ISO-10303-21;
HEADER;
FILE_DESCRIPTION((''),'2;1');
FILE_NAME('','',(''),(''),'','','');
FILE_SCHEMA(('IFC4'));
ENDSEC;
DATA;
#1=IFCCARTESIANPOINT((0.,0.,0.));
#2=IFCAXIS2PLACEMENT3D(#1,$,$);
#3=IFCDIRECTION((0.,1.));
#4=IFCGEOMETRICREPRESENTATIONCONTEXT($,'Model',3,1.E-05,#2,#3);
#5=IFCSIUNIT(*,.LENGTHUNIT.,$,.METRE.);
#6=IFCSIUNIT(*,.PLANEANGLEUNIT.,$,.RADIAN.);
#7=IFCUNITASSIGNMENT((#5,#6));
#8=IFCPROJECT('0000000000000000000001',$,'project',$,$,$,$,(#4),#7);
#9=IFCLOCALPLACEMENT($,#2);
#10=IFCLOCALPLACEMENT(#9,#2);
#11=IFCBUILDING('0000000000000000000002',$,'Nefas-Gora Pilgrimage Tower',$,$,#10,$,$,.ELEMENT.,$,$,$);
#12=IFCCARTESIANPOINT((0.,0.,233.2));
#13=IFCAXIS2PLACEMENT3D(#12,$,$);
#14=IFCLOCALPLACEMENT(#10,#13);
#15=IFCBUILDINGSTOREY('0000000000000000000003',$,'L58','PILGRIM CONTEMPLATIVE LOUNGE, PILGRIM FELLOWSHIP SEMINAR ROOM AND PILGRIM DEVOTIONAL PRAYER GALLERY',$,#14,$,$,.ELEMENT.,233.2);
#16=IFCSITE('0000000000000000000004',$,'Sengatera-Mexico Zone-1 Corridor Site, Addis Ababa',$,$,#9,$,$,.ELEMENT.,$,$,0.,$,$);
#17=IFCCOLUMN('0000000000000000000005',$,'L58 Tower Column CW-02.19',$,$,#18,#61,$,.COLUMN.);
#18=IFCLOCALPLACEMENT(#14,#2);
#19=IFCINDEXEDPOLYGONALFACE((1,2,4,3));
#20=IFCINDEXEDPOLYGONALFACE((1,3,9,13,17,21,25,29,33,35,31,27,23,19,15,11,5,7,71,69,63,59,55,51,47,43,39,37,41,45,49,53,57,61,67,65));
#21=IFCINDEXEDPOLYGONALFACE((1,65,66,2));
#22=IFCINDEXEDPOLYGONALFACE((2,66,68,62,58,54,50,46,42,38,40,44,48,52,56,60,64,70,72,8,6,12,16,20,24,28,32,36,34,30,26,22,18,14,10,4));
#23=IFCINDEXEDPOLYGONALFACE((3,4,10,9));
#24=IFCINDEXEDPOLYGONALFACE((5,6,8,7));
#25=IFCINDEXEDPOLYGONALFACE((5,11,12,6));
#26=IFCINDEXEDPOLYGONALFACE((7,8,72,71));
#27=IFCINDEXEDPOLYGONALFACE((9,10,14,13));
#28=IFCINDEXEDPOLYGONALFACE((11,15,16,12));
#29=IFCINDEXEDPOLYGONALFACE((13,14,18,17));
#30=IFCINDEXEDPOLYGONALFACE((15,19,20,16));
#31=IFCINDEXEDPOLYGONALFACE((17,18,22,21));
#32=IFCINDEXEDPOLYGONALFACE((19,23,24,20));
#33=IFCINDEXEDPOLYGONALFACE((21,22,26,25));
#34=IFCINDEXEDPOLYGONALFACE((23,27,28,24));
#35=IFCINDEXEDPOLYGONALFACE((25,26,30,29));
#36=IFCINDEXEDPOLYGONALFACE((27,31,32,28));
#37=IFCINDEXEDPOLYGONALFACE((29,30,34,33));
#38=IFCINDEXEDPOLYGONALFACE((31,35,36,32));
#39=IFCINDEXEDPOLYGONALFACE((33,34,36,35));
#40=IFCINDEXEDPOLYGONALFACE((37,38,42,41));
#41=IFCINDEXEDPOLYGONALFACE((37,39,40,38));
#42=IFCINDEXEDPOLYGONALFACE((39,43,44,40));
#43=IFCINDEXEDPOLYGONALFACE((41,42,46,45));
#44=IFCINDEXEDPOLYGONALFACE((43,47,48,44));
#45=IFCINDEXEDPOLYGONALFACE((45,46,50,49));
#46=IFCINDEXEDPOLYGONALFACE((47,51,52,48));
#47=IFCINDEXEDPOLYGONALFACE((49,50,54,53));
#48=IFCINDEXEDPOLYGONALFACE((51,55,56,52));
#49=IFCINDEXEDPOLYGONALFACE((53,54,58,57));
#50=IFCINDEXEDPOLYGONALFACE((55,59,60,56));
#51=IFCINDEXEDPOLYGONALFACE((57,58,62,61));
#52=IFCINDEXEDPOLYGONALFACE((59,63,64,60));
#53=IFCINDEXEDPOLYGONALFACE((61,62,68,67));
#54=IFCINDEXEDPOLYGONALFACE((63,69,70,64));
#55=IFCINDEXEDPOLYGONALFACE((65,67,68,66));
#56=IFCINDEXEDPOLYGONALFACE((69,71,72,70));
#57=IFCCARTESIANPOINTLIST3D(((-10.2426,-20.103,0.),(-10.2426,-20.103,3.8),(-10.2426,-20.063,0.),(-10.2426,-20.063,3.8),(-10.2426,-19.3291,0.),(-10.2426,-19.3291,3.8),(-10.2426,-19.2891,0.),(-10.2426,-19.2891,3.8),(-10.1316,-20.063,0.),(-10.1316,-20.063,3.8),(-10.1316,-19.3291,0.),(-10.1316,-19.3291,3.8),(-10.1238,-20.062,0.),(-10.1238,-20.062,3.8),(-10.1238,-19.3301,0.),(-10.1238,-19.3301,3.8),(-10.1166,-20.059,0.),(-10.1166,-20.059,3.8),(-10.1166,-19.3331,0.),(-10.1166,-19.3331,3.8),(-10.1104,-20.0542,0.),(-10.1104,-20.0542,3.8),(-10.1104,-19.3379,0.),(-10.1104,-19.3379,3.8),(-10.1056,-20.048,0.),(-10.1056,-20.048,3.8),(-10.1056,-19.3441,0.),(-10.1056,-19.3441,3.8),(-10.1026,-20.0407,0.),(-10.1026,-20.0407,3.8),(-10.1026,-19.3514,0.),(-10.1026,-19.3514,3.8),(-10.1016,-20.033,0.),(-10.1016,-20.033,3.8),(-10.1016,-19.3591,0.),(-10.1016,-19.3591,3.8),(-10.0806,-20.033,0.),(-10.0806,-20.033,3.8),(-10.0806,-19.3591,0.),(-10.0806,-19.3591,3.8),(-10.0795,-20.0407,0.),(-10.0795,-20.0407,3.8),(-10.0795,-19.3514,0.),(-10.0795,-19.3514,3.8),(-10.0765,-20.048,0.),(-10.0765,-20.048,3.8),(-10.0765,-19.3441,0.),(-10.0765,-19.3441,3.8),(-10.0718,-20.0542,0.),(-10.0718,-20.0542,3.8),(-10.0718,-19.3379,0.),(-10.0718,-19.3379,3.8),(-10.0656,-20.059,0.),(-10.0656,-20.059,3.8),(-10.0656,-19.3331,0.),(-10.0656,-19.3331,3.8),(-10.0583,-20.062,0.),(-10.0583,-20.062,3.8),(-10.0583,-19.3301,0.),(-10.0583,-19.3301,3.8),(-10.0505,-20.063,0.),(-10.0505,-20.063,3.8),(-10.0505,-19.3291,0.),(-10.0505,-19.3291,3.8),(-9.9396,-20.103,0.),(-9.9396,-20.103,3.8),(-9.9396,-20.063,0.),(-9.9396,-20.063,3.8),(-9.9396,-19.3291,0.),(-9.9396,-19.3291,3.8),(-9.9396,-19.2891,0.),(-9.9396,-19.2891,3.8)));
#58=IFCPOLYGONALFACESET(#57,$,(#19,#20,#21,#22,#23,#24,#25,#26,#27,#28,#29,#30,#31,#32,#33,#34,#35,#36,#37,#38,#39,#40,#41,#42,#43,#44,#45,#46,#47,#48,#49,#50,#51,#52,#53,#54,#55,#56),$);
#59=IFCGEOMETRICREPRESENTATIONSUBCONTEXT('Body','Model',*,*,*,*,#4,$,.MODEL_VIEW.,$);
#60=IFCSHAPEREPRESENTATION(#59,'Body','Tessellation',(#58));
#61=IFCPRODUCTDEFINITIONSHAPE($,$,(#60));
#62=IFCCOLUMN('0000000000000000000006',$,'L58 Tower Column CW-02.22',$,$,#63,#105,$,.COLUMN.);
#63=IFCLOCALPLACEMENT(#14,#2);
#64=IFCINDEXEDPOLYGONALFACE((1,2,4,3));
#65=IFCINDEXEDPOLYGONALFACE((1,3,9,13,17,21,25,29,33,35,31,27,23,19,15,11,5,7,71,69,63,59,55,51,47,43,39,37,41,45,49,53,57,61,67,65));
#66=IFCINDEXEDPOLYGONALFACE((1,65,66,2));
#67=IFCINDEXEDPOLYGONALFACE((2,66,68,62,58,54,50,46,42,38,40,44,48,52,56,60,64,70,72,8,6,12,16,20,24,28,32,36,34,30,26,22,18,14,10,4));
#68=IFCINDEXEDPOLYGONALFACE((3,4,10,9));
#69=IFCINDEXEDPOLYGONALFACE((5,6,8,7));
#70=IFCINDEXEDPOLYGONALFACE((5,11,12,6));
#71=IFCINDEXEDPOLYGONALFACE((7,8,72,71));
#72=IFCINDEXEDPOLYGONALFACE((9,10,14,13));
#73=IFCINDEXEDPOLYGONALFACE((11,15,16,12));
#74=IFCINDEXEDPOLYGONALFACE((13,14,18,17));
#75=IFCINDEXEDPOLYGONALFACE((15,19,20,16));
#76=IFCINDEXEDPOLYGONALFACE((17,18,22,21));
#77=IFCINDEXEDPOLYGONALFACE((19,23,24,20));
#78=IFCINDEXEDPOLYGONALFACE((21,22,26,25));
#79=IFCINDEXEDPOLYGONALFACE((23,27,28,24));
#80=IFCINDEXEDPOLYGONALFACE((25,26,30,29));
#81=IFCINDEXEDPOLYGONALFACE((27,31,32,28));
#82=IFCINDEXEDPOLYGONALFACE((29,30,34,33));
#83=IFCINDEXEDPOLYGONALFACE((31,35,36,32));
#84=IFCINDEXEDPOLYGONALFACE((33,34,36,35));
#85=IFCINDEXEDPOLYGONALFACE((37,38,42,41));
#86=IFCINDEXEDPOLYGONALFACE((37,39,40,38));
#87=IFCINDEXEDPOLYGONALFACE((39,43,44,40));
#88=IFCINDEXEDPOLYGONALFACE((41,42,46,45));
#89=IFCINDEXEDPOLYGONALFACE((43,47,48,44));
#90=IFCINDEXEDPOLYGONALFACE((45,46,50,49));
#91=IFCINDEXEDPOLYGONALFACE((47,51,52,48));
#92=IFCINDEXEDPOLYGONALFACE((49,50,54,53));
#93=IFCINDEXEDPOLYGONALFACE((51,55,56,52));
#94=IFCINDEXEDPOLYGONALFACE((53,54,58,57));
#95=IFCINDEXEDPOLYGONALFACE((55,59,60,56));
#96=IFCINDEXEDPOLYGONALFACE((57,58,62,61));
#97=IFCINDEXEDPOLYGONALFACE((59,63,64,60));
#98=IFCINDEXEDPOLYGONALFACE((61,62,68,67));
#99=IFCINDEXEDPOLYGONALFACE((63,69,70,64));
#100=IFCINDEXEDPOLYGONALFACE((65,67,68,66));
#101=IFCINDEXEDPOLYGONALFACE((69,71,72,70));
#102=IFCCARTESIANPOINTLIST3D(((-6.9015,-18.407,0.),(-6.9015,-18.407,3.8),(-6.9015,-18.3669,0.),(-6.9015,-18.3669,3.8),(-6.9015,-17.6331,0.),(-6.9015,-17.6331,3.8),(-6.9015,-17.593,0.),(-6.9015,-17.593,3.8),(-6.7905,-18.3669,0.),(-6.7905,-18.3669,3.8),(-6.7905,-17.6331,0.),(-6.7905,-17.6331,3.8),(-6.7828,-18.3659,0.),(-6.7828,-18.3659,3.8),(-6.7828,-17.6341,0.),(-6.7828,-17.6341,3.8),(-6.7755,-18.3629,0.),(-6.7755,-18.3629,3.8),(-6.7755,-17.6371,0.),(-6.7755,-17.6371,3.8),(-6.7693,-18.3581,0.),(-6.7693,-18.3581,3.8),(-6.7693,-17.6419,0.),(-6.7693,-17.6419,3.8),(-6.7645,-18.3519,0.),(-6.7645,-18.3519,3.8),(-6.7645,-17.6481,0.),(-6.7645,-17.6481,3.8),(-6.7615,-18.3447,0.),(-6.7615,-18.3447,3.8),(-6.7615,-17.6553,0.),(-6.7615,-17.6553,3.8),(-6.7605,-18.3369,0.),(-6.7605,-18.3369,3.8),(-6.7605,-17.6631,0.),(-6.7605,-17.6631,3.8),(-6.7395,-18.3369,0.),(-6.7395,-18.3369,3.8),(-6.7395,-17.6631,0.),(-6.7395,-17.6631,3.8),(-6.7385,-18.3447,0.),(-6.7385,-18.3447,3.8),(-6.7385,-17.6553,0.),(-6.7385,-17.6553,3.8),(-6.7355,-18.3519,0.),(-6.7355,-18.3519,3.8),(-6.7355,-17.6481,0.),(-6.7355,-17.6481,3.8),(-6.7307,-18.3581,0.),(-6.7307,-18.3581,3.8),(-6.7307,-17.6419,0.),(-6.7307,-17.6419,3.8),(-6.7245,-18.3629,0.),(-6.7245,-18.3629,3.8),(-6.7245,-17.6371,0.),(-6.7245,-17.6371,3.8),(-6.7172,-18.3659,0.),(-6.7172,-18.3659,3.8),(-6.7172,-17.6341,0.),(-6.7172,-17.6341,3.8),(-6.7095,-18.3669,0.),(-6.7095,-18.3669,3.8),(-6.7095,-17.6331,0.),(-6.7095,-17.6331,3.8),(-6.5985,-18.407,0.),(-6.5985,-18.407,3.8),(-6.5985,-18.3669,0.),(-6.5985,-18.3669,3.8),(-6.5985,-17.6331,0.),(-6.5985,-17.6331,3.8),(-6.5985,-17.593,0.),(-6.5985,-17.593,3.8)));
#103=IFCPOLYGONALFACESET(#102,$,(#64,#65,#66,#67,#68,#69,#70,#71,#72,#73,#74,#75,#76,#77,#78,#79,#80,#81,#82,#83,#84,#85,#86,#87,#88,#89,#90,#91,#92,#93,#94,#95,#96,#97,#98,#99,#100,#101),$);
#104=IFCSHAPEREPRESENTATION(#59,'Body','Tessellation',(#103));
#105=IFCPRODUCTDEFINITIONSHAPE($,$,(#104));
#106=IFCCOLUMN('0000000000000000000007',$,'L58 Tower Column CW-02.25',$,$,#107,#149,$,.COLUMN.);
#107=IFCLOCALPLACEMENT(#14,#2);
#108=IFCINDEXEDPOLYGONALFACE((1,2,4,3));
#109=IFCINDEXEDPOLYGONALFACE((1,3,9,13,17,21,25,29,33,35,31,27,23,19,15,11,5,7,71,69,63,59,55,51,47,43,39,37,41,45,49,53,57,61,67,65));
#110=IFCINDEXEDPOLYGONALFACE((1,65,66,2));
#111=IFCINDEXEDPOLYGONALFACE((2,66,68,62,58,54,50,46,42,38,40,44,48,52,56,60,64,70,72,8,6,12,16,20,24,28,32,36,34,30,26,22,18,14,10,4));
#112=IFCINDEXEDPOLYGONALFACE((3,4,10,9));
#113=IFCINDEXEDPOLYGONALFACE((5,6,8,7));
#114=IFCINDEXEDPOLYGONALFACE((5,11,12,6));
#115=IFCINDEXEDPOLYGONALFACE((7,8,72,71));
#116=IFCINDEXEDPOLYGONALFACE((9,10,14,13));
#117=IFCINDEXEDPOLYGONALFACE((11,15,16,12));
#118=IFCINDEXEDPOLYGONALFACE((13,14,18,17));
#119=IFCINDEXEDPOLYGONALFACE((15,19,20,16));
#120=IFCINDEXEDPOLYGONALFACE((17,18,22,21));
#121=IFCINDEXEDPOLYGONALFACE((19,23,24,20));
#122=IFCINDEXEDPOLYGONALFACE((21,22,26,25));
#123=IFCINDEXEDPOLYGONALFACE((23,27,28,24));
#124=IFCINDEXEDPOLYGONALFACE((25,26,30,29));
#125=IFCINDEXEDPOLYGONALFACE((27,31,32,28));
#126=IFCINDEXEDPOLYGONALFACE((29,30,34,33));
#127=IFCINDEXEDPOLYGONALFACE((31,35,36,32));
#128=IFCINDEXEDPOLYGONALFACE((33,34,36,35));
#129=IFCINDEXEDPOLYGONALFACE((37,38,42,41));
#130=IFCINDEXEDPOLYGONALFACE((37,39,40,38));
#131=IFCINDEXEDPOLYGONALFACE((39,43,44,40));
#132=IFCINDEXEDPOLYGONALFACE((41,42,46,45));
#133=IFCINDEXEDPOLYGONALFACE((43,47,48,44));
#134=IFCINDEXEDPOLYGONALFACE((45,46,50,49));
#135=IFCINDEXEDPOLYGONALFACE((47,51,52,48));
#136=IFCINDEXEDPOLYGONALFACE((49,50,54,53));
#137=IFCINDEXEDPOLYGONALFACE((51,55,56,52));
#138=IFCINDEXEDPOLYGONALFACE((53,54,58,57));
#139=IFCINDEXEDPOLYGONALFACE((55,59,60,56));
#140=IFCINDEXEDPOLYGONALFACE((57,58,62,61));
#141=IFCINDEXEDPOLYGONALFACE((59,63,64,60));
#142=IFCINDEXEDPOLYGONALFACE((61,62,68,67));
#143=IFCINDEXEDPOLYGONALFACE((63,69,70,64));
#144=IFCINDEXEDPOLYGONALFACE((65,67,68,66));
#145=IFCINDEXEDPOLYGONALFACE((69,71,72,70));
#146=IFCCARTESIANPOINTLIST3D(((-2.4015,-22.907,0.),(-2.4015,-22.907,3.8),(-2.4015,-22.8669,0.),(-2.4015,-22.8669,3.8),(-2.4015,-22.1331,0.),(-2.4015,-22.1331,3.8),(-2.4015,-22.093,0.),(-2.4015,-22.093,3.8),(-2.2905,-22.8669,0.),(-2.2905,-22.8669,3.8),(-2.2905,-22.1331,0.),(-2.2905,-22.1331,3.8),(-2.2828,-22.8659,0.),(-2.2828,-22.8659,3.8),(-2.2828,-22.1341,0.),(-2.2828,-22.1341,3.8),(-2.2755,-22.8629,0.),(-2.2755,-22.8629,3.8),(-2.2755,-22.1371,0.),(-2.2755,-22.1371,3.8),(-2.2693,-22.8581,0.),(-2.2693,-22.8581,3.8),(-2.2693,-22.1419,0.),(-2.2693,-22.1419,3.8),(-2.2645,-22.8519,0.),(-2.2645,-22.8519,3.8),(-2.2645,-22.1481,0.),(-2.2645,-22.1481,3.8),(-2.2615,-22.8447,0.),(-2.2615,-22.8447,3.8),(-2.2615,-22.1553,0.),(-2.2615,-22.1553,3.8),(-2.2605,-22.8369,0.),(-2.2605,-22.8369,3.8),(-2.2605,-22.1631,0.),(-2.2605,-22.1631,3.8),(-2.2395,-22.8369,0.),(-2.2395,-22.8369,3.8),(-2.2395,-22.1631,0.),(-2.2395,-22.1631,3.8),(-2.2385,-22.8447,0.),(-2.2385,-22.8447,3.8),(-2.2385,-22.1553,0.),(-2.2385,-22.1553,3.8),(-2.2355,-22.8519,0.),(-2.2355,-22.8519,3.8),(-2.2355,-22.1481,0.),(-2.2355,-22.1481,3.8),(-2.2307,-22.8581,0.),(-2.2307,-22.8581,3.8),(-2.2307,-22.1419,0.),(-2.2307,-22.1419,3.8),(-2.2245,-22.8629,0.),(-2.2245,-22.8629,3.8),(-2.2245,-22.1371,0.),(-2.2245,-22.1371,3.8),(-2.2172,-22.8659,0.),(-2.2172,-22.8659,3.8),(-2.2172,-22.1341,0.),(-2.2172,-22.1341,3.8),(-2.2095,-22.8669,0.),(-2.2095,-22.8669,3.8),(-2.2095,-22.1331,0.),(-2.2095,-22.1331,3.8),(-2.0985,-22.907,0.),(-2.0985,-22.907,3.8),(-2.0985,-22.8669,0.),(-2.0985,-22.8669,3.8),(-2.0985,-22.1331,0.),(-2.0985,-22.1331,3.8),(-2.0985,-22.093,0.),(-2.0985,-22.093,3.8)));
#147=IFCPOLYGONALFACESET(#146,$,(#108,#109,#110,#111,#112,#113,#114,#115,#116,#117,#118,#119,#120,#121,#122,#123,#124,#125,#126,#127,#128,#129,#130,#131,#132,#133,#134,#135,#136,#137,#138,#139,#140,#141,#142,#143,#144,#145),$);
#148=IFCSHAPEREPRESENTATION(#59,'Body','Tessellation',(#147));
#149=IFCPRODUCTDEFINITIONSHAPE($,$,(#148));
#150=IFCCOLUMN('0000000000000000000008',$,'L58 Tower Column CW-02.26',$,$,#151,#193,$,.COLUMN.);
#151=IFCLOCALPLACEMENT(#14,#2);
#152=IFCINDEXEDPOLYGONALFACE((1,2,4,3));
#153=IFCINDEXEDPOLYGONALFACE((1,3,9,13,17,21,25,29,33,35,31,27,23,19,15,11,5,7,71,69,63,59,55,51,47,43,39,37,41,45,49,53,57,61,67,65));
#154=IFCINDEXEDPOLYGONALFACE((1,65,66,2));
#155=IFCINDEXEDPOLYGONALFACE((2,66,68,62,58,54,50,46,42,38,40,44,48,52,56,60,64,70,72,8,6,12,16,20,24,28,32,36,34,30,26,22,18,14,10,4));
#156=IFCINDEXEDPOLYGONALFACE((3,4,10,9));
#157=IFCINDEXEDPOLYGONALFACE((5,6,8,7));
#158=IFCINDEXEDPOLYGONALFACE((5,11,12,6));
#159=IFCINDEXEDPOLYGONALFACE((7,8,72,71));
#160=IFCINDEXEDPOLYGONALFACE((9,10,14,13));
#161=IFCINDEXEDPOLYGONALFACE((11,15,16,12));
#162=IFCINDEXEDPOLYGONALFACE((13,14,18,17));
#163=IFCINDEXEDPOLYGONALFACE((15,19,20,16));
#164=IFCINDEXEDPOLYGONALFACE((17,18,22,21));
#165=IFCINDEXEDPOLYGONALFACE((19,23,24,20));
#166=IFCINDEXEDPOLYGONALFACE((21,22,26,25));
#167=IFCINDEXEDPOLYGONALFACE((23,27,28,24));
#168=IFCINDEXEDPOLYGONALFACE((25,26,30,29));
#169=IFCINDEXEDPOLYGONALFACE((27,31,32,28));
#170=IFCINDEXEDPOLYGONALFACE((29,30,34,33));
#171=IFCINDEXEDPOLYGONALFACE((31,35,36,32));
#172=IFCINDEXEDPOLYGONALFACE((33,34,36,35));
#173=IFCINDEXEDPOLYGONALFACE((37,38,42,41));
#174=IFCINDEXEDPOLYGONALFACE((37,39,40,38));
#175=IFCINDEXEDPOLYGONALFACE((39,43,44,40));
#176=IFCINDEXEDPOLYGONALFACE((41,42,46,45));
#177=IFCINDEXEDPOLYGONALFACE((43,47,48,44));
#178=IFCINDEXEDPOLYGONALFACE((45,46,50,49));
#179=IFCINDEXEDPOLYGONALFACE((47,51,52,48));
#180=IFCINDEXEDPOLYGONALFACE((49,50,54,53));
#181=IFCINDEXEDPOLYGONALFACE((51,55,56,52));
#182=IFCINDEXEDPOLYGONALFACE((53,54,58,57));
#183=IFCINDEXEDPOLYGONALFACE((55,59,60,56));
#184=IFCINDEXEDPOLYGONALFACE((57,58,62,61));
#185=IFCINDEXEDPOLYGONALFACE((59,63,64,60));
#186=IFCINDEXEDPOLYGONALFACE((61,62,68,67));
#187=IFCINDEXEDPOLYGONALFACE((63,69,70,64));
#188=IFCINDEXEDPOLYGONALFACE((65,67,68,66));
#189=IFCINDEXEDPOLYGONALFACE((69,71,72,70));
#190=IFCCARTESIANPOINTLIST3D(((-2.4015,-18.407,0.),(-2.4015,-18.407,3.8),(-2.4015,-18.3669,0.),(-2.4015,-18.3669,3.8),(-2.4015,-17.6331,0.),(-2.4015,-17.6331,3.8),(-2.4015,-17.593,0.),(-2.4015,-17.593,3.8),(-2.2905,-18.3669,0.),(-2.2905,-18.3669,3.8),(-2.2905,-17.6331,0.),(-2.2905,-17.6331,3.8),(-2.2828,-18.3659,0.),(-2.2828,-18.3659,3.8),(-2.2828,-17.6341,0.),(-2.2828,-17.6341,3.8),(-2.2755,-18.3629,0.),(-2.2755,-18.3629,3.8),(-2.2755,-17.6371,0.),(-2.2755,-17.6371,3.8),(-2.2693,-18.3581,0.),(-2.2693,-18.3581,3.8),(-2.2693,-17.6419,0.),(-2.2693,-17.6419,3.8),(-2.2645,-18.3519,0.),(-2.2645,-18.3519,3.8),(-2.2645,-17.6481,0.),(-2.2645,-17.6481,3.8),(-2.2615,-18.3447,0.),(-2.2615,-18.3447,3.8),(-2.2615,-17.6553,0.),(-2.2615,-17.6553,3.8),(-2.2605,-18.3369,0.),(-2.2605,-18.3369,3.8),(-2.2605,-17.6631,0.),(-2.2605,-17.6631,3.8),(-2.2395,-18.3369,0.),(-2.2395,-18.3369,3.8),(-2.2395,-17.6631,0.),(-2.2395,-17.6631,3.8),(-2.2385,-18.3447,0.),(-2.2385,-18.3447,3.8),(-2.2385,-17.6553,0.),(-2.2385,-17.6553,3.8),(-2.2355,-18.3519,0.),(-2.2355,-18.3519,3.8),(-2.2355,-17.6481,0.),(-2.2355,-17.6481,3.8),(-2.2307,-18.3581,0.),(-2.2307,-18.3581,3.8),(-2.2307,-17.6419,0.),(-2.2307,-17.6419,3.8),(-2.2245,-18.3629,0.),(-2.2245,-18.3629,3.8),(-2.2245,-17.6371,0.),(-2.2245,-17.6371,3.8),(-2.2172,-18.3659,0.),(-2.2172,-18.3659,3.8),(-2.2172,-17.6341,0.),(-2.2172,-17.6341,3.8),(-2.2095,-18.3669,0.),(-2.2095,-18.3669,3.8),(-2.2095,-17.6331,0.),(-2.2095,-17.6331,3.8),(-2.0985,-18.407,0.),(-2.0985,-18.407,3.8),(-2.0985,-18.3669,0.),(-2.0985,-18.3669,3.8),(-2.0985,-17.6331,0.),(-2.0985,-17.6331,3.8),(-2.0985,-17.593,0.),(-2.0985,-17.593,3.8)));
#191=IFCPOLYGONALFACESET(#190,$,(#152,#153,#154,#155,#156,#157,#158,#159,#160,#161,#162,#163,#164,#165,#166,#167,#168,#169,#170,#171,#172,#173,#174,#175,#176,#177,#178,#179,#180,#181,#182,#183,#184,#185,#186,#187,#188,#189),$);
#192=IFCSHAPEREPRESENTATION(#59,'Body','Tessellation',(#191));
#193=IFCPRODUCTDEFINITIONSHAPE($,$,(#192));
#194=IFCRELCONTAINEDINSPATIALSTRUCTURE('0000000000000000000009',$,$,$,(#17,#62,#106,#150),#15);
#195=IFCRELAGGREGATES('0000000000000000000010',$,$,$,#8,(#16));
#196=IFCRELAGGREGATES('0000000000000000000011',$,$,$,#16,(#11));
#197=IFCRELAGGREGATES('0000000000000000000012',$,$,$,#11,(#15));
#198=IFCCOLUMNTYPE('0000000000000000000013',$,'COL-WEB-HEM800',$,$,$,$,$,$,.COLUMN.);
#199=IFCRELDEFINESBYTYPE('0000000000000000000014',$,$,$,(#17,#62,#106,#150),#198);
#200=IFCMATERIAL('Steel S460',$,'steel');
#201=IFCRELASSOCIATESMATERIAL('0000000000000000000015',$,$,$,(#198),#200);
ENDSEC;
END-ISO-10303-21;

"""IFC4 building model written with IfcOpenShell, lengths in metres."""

from ifc_helpers import new_model, si_unit, direction, frame, origin, origin_2d, place, context, subcontext, project, spatial, i_section, extrude, source, transform, mapped, material, material_profile, profile_set, type_object, element, save


model = new_model("IFC4")

# Units and contexts
model_context = context("Model", 3, precision=1e-05, world=origin(), true_north=direction((0.0, 1.0)))
body_context = subcontext(model_context, "Body", "Model", "MODEL_VIEW")
ifc_project = project(units=[si_unit("LENGTHUNIT", "METRE"), si_unit("PLANEANGLEUNIT", "RADIAN")], contexts=[model_context])

# Site, building, storey
site_placement = place(None, origin())
site = spatial("IfcSite", under=ifc_project, at=site_placement, Name="Sengatera-Mexico Zone-1 Corridor Site, Addis Ababa", CompositionType="ELEMENT", RefElevation=0.0)
building_placement = place(site_placement, origin())
building = spatial("IfcBuilding", under=site, at=building_placement, Name="Nefas-Gora Pilgrimage Tower", CompositionType="ELEMENT")
storey_placement = place(building_placement, frame((0.0, 0.0, 233.2)))
storey = spatial("IfcBuildingStorey", under=building, at=storey_placement, Name="L58", Description="PILGRIM CONTEMPLATIVE LOUNGE, PILGRIM FELLOWSHIP SEMINAR ROOM AND PILGRIM DEVOTIONAL PRAYER GALLERY", CompositionType="ELEMENT", Elevation=233.2)

# Columns
ifc_material_1 = material(Name="Steel S460", Category="steel")
ifc_material_profile_1 = material_profile(ifc_material_1, i_section(OverallWidth=0.303, OverallDepth=0.814, WebThickness=0.021, FlangeThickness=0.04, FilletRadius=0.03, at=origin_2d()), Name="HEM 800")
ifc_profile_set_1 = profile_set([ifc_material_profile_1], Name="Steel S460")
column_type_1 = type_object("IfcColumnType", Name="COL-WEB-HEM800", PredefinedType="COLUMN", material=ifc_profile_set_1)
shared_shape_1 = source(origin(), body_context, "Body", "SweptSolid", [
    extrude(i_section(OverallWidth=0.303, OverallDepth=0.814, WebThickness=0.021, FlangeThickness=0.04, FilletRadius=0.03, at=origin_2d()), origin(), (0.0, 0.0, 1.0), 3.8),
])
for number, where, z_axis, x_axis, name in (
    (1, (-10.0911, -19.696, 0.0), (0.0, 0.0, 1.0), (1.0, 0.0, 0.0), "L58 Tower Column CW-02.19"),
    (2, (-6.75, -18.0, 0.0), (0.0, 0.0, 1.0), (1.0, 0.0, 0.0), "L58 Tower Column CW-02.22"),
    (3, (-2.25, -22.5, 0.0), (0.0, 0.0, 1.0), (1.0, 0.0, 0.0), "L58 Tower Column CW-02.25"),
    (4, (-2.25, -18.0, 0.0), (0.0, 0.0, 1.0), (1.0, 0.0, 0.0), "L58 Tower Column CW-02.26"),
):
    element("IfcColumn", number, at=place(storey_placement, frame(where, z_axis=z_axis, x_axis=x_axis)), inside=storey, type_object=column_type_1, Name=name, PredefinedType="COLUMN", context=body_context, shape_type="MappedRepresentation", body=[
        mapped(shared_shape_1, transform((0.0, 0.0, 0.0), x_axis=(1.0, 0.0, 0.0), y_axis=(0.0, 1.0, 0.0), z_axis=(0.0, 0.0, 1.0), scale=1.0)),
    ])

save(model, "model.ifc")
